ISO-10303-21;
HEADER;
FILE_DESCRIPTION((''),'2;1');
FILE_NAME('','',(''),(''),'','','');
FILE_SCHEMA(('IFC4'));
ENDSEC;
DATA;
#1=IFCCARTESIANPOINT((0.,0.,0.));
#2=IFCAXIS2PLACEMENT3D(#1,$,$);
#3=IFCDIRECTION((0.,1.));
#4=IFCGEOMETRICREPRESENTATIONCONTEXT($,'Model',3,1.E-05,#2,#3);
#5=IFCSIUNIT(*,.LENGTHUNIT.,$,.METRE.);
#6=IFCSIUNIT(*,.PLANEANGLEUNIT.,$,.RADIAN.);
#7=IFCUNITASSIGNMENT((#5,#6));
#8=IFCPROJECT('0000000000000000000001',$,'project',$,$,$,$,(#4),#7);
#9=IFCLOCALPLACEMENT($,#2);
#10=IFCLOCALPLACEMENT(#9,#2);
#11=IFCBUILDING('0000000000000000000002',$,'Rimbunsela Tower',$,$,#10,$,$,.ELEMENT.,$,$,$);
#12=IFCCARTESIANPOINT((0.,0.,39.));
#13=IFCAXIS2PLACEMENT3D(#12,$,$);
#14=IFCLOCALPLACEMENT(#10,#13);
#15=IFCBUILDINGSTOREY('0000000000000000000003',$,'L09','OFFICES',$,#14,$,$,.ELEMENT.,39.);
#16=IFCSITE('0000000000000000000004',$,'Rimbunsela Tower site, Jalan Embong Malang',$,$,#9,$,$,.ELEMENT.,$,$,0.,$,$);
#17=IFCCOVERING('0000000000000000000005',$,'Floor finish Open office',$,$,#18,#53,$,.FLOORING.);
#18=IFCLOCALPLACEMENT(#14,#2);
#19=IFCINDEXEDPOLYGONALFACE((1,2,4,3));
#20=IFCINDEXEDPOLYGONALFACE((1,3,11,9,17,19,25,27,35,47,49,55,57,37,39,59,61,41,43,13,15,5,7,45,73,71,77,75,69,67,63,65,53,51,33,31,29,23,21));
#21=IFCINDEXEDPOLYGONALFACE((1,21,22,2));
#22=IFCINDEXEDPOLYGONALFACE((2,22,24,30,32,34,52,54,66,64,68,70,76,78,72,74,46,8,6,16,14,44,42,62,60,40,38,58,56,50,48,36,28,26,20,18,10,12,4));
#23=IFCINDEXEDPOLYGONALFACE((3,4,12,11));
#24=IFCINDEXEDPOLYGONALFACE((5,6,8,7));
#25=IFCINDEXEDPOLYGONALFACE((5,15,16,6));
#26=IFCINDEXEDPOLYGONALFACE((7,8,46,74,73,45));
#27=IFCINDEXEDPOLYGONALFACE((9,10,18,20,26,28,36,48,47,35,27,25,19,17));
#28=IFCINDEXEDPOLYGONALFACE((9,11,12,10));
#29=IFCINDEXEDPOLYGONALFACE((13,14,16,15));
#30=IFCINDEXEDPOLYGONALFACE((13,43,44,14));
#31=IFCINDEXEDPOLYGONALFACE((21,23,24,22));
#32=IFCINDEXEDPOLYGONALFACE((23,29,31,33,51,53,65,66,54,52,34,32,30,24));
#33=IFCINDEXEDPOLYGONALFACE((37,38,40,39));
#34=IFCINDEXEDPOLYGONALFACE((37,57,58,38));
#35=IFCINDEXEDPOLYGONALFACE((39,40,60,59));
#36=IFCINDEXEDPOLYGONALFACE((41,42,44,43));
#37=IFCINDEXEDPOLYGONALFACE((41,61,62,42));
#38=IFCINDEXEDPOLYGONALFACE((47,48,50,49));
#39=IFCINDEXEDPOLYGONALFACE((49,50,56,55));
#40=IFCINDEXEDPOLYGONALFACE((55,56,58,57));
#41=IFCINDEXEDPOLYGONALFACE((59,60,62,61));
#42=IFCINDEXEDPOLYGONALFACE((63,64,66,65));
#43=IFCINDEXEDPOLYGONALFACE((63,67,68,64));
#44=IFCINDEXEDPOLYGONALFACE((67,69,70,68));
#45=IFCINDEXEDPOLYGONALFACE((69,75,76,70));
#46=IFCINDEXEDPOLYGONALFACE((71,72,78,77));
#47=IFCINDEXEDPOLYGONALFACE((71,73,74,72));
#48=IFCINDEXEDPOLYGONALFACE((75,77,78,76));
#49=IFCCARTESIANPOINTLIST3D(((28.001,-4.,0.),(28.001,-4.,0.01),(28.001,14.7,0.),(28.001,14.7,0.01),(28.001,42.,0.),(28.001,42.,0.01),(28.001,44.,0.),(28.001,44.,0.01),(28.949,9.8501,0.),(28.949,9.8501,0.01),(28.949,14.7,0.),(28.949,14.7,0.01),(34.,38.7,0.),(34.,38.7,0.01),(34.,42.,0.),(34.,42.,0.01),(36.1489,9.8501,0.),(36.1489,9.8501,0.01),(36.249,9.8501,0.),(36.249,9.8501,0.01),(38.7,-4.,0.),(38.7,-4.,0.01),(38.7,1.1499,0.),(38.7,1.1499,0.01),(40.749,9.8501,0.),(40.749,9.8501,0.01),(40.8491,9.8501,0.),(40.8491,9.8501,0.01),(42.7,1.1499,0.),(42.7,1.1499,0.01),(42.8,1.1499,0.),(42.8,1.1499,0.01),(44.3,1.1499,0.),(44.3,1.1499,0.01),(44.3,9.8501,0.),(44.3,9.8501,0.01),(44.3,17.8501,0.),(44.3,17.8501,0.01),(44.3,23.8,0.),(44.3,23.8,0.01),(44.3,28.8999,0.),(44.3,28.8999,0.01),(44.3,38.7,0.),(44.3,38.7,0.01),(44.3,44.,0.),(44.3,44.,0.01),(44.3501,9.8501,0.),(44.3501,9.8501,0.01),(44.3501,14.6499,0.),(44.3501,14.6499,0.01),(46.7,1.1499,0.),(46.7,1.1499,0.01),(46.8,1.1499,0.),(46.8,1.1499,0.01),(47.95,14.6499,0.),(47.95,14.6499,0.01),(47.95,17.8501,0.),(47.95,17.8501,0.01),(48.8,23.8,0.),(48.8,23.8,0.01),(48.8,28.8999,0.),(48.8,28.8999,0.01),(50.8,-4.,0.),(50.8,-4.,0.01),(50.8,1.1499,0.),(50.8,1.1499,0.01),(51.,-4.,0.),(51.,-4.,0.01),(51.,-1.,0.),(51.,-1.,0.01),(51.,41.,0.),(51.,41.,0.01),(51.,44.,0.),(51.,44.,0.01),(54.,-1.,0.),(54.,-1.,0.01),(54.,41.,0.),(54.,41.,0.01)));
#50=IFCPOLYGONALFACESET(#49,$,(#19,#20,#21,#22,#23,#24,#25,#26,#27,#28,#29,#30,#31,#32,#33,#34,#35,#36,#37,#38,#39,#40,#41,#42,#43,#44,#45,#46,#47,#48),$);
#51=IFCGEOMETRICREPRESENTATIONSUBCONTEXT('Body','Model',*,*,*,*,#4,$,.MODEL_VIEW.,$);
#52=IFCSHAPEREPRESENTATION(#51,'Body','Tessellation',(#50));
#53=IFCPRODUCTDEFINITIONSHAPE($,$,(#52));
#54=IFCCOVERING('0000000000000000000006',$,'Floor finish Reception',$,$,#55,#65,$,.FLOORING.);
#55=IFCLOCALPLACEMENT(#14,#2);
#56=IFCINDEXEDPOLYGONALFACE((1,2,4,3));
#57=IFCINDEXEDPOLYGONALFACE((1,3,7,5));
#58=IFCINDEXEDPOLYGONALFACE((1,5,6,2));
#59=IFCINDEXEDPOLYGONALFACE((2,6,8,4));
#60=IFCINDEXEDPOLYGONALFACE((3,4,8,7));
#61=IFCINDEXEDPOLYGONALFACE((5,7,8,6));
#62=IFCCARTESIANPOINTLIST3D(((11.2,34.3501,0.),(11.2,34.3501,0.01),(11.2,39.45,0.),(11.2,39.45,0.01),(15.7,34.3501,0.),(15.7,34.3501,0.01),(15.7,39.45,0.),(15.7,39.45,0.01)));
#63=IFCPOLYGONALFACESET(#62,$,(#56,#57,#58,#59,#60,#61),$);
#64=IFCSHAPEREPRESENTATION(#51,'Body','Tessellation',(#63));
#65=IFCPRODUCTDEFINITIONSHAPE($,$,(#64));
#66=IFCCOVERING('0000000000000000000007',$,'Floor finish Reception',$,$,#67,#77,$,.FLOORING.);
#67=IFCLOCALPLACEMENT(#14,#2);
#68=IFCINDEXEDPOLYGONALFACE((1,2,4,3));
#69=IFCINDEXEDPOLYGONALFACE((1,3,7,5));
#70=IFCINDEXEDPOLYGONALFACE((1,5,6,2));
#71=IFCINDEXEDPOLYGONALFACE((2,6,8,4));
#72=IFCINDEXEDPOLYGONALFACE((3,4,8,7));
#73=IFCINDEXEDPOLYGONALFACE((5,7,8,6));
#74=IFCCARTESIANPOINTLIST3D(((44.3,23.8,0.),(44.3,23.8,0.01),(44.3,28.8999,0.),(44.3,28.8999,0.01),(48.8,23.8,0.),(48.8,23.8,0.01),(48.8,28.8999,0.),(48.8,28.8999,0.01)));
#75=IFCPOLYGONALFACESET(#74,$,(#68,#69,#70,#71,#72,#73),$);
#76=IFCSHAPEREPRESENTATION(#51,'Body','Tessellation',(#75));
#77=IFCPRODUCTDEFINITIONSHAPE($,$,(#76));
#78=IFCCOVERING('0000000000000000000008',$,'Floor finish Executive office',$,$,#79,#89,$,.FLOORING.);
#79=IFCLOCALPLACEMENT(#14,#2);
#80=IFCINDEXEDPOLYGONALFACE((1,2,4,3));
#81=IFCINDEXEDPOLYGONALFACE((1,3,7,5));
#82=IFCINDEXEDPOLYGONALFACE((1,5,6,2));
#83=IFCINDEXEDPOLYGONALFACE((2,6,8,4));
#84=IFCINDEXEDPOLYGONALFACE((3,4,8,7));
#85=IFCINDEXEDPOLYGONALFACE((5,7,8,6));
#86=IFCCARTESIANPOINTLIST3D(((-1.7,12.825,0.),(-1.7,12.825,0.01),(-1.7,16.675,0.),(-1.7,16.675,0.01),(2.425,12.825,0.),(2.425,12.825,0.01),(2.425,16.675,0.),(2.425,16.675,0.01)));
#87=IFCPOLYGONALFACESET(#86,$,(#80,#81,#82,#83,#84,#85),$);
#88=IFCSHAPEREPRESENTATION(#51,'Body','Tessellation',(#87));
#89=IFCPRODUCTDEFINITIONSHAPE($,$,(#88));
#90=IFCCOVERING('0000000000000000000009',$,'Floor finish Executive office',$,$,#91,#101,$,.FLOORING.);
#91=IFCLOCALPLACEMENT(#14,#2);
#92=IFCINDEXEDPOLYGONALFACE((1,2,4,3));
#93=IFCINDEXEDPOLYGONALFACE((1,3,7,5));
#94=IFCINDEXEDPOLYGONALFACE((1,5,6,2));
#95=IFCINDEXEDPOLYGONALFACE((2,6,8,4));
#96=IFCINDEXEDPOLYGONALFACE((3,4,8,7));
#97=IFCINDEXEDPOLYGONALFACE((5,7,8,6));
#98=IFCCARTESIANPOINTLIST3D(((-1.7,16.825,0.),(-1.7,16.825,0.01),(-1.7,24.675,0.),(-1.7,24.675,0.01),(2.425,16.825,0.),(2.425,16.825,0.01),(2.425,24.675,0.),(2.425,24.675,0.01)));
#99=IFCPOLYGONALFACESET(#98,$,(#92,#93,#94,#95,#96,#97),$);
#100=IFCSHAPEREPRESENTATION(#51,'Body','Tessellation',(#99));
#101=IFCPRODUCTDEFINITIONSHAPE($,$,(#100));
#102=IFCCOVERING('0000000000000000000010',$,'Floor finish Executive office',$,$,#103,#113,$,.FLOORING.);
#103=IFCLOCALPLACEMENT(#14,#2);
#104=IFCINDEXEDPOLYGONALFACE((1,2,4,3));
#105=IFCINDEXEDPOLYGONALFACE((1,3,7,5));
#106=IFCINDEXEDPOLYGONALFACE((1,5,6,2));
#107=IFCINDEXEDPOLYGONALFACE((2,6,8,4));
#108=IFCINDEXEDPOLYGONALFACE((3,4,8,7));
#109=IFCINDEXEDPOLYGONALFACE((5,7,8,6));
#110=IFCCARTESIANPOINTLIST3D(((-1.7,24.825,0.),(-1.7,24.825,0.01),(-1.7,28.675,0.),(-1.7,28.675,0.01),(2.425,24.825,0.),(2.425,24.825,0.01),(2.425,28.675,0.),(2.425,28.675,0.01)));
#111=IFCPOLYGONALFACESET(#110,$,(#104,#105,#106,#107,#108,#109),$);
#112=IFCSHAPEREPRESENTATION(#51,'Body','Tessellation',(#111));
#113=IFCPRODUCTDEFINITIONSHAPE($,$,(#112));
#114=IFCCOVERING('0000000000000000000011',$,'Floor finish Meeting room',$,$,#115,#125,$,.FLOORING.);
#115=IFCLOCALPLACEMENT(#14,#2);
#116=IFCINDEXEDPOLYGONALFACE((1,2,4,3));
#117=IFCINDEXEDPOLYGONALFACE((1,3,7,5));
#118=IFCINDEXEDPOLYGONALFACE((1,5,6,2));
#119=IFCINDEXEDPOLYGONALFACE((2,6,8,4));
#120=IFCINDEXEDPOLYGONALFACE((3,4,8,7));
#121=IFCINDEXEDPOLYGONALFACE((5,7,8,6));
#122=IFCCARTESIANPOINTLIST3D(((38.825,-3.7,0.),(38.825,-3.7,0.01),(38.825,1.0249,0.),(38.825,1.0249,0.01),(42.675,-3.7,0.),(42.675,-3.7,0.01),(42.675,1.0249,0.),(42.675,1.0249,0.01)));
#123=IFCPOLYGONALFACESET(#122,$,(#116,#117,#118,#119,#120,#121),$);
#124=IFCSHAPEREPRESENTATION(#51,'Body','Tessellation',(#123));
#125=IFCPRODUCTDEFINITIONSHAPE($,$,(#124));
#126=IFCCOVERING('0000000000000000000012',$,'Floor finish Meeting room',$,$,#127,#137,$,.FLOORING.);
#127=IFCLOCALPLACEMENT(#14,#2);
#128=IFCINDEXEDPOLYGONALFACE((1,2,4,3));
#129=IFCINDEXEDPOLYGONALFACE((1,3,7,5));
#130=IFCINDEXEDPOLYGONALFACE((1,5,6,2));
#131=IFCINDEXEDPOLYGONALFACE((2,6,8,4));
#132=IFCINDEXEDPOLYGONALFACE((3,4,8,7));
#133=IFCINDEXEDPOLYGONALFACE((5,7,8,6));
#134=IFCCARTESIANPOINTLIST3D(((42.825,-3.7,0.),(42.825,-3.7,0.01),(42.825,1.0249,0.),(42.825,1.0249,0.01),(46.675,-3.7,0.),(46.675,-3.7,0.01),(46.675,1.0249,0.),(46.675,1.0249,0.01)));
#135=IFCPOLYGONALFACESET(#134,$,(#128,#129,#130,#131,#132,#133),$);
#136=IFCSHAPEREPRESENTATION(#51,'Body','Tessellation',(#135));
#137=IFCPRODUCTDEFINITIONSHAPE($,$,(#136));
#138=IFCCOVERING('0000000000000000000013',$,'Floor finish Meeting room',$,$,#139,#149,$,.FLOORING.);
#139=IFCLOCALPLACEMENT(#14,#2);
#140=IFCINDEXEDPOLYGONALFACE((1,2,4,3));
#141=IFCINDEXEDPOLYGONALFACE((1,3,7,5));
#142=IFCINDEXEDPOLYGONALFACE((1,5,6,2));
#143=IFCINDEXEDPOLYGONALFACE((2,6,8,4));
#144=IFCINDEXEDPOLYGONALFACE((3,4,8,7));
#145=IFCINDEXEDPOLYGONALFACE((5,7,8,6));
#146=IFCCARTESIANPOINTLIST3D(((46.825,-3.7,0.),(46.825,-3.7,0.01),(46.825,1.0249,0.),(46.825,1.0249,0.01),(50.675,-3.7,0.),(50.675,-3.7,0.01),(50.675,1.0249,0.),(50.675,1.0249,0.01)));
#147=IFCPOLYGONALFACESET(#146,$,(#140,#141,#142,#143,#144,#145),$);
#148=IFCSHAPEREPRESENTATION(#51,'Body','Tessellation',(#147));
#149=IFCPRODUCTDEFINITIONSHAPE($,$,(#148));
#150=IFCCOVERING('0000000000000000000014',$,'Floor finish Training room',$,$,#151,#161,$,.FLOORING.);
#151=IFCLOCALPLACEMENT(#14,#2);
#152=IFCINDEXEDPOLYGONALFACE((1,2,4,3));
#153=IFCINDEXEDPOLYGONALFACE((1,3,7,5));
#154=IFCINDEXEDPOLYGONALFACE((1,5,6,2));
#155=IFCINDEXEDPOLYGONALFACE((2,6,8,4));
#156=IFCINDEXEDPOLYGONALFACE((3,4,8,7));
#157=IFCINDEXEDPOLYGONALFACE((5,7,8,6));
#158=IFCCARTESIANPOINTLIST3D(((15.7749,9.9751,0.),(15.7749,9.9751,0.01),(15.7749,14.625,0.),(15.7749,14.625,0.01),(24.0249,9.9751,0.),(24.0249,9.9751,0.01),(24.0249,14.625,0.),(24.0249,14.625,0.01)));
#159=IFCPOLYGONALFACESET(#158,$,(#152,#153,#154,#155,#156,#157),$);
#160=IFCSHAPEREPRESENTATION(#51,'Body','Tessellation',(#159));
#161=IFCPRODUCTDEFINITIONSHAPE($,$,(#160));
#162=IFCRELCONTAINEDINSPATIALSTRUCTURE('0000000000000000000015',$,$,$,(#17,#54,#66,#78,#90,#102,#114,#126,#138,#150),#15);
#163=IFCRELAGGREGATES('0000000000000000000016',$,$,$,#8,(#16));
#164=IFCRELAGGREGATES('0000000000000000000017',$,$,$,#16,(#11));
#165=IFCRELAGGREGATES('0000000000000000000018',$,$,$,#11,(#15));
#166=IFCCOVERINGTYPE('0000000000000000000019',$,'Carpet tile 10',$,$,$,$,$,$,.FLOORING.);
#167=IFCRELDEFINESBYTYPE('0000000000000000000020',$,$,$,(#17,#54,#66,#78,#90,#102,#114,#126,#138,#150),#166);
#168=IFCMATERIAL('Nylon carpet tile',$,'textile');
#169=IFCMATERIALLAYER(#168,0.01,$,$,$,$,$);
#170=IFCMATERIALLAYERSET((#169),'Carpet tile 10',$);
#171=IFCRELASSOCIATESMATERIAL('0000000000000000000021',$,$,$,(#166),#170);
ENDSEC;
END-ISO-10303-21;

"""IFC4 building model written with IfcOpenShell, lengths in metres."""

from ifc_helpers import new_model, si_unit, direction, frame, origin, place, context, subcontext, project, spatial, polyline, outline, extrude, material, layer, layer_set, type_object, element, save


model = new_model("IFC4")

# Units and contexts
model_context = context("Model", 3, precision=1e-05, world=origin(), true_north=direction((0.0, 1.0)))
body_context = subcontext(model_context, "Body", "Model", "MODEL_VIEW")
ifc_project = project(units=[si_unit("LENGTHUNIT", "METRE"), si_unit("PLANEANGLEUNIT", "RADIAN")], contexts=[model_context])

# Site, building, storey
site_placement = place(None, origin())
site = spatial("IfcSite", under=ifc_project, at=site_placement, Name="Rimbunsela Tower site, Jalan Embong Malang", CompositionType="ELEMENT", RefElevation=0.0)
building_placement = place(site_placement, origin())
building = spatial("IfcBuilding", under=site, at=building_placement, Name="Rimbunsela Tower", CompositionType="ELEMENT")
storey_placement = place(building_placement, frame((0.0, 0.0, 39.0)))
storey = spatial("IfcBuildingStorey", under=building, at=storey_placement, Name="L09", Description="OFFICES", CompositionType="ELEMENT", Elevation=39.0)

# Coverings
ifc_material_1 = material(Name="Nylon carpet tile", Category="textile")
ifc_layer_1 = layer(ifc_material_1, 0.01)
ifc_layer_set_1 = layer_set([ifc_layer_1], Name="Carpet tile 10")
covering_type_1 = type_object("IfcCoveringType", Name="Carpet tile 10", PredefinedType="FLOORING", material=ifc_layer_set_1)
covering_1_placement = place(storey_placement, origin())
element("IfcCovering", 1, at=covering_1_placement, inside=storey, type_object=covering_type_1, Name="Floor finish Open office", PredefinedType="FLOORING", context=body_context, shape_type="SweptSolid", body=[
    extrude(outline(polyline([(42.7, 1.1499), (38.7, 1.1499), (38.7, -4.0), (28.001, -4.0), (28.001, 14.7), (28.949, 14.7), (28.949, 9.8501), (36.1489, 9.8501), (36.249, 9.8501), (40.749, 9.8501), (40.8491, 9.8501), (44.3, 9.8501), (44.3501, 9.8501), (44.3501, 14.6499), (47.95, 14.6499), (47.95, 17.8501), (44.3, 17.8501), (44.3, 23.8), (48.8, 23.8), (48.8, 28.8999), (44.3, 28.8999), (44.3, 38.7), (34.0, 38.7), (34.0, 42.0), (28.001, 42.0), (28.001, 44.0), (44.3, 44.0), (51.0, 44.0), (51.0, 41.0), (54.0, 41.0), (54.0, -1.0), (51.0, -1.0), (51.0, -4.0), (50.8, -4.0), (50.8, 1.1499), (46.8, 1.1499), (46.7, 1.1499), (44.3, 1.1499), (42.8, 1.1499), (42.7, 1.1499)])), origin(), (0.0, 0.0, 1.0), 0.01),
])
covering_2_placement = place(storey_placement, origin())
element("IfcCovering", 2, at=covering_2_placement, inside=storey, type_object=covering_type_1, Name="Floor finish Reception", PredefinedType="FLOORING", context=body_context, shape_type="SweptSolid", body=[
    extrude(outline(polyline([(15.7, 34.3501), (15.7, 39.45), (11.2, 39.45), (11.2, 34.3501), (15.7, 34.3501)])), origin(), (0.0, 0.0, 1.0), 0.01),
])
covering_3_placement = place(storey_placement, origin())
element("IfcCovering", 3, at=covering_3_placement, inside=storey, type_object=covering_type_1, Name="Floor finish Reception", PredefinedType="FLOORING", context=body_context, shape_type="SweptSolid", body=[
    extrude(outline(polyline([(48.8, 23.8), (48.8, 28.8999), (44.3, 28.8999), (44.3, 23.8), (48.8, 23.8)])), origin(), (0.0, 0.0, 1.0), 0.01),
])
covering_4_placement = place(storey_placement, origin())
element("IfcCovering", 4, at=covering_4_placement, inside=storey, type_object=covering_type_1, Name="Floor finish Executive office", PredefinedType="FLOORING", context=body_context, shape_type="SweptSolid", body=[
    extrude(outline(polyline([(2.425, 12.825), (2.425, 16.675), (-1.7, 16.675), (-1.7, 12.825), (2.425, 12.825)])), origin(), (0.0, 0.0, 1.0), 0.01),
])
covering_5_placement = place(storey_placement, origin())
element("IfcCovering", 5, at=covering_5_placement, inside=storey, type_object=covering_type_1, Name="Floor finish Executive office", PredefinedType="FLOORING", context=body_context, shape_type="SweptSolid", body=[
    extrude(outline(polyline([(2.425, 16.825), (2.425, 24.675), (-1.7, 24.675), (-1.7, 16.825), (2.425, 16.825)])), origin(), (0.0, 0.0, 1.0), 0.01),
])
covering_6_placement = place(storey_placement, origin())
element("IfcCovering", 6, at=covering_6_placement, inside=storey, type_object=covering_type_1, Name="Floor finish Executive office", PredefinedType="FLOORING", context=body_context, shape_type="SweptSolid", body=[
    extrude(outline(polyline([(2.425, 24.825), (2.425, 28.675), (-1.7, 28.675), (-1.7, 24.825), (2.425, 24.825)])), origin(), (0.0, 0.0, 1.0), 0.01),
])
covering_7_placement = place(storey_placement, origin())
element("IfcCovering", 7, at=covering_7_placement, inside=storey, type_object=covering_type_1, Name="Floor finish Meeting room", PredefinedType="FLOORING", context=body_context, shape_type="SweptSolid", body=[
    extrude(outline(polyline([(42.675, -3.7), (42.675, 1.0249), (38.825, 1.0249), (38.825, -3.7), (42.675, -3.7)])), origin(), (0.0, 0.0, 1.0), 0.01),
])
covering_8_placement = place(storey_placement, origin())
element("IfcCovering", 8, at=covering_8_placement, inside=storey, type_object=covering_type_1, Name="Floor finish Meeting room", PredefinedType="FLOORING", context=body_context, shape_type="SweptSolid", body=[
    extrude(outline(polyline([(46.675, -3.7), (46.675, 1.0249), (42.825, 1.0249), (42.825, -3.7), (46.675, -3.7)])), origin(), (0.0, 0.0, 1.0), 0.01),
])
covering_9_placement = place(storey_placement, origin())
element("IfcCovering", 9, at=covering_9_placement, inside=storey, type_object=covering_type_1, Name="Floor finish Meeting room", PredefinedType="FLOORING", context=body_context, shape_type="SweptSolid", body=[
    extrude(outline(polyline([(50.675, -3.7), (50.675, 1.0249), (46.825, 1.0249), (46.825, -3.7), (50.675, -3.7)])), origin(), (0.0, 0.0, 1.0), 0.01),
])
covering_10_placement = place(storey_placement, origin())
element("IfcCovering", 10, at=covering_10_placement, inside=storey, type_object=covering_type_1, Name="Floor finish Training room", PredefinedType="FLOORING", context=body_context, shape_type="SweptSolid", body=[
    extrude(outline(polyline([(24.0249, 9.9751), (24.0249, 14.625), (15.7749, 14.625), (15.7749, 9.9751), (24.0249, 9.9751)])), origin(), (0.0, 0.0, 1.0), 0.01),
])

save(model, "model.ifc")
